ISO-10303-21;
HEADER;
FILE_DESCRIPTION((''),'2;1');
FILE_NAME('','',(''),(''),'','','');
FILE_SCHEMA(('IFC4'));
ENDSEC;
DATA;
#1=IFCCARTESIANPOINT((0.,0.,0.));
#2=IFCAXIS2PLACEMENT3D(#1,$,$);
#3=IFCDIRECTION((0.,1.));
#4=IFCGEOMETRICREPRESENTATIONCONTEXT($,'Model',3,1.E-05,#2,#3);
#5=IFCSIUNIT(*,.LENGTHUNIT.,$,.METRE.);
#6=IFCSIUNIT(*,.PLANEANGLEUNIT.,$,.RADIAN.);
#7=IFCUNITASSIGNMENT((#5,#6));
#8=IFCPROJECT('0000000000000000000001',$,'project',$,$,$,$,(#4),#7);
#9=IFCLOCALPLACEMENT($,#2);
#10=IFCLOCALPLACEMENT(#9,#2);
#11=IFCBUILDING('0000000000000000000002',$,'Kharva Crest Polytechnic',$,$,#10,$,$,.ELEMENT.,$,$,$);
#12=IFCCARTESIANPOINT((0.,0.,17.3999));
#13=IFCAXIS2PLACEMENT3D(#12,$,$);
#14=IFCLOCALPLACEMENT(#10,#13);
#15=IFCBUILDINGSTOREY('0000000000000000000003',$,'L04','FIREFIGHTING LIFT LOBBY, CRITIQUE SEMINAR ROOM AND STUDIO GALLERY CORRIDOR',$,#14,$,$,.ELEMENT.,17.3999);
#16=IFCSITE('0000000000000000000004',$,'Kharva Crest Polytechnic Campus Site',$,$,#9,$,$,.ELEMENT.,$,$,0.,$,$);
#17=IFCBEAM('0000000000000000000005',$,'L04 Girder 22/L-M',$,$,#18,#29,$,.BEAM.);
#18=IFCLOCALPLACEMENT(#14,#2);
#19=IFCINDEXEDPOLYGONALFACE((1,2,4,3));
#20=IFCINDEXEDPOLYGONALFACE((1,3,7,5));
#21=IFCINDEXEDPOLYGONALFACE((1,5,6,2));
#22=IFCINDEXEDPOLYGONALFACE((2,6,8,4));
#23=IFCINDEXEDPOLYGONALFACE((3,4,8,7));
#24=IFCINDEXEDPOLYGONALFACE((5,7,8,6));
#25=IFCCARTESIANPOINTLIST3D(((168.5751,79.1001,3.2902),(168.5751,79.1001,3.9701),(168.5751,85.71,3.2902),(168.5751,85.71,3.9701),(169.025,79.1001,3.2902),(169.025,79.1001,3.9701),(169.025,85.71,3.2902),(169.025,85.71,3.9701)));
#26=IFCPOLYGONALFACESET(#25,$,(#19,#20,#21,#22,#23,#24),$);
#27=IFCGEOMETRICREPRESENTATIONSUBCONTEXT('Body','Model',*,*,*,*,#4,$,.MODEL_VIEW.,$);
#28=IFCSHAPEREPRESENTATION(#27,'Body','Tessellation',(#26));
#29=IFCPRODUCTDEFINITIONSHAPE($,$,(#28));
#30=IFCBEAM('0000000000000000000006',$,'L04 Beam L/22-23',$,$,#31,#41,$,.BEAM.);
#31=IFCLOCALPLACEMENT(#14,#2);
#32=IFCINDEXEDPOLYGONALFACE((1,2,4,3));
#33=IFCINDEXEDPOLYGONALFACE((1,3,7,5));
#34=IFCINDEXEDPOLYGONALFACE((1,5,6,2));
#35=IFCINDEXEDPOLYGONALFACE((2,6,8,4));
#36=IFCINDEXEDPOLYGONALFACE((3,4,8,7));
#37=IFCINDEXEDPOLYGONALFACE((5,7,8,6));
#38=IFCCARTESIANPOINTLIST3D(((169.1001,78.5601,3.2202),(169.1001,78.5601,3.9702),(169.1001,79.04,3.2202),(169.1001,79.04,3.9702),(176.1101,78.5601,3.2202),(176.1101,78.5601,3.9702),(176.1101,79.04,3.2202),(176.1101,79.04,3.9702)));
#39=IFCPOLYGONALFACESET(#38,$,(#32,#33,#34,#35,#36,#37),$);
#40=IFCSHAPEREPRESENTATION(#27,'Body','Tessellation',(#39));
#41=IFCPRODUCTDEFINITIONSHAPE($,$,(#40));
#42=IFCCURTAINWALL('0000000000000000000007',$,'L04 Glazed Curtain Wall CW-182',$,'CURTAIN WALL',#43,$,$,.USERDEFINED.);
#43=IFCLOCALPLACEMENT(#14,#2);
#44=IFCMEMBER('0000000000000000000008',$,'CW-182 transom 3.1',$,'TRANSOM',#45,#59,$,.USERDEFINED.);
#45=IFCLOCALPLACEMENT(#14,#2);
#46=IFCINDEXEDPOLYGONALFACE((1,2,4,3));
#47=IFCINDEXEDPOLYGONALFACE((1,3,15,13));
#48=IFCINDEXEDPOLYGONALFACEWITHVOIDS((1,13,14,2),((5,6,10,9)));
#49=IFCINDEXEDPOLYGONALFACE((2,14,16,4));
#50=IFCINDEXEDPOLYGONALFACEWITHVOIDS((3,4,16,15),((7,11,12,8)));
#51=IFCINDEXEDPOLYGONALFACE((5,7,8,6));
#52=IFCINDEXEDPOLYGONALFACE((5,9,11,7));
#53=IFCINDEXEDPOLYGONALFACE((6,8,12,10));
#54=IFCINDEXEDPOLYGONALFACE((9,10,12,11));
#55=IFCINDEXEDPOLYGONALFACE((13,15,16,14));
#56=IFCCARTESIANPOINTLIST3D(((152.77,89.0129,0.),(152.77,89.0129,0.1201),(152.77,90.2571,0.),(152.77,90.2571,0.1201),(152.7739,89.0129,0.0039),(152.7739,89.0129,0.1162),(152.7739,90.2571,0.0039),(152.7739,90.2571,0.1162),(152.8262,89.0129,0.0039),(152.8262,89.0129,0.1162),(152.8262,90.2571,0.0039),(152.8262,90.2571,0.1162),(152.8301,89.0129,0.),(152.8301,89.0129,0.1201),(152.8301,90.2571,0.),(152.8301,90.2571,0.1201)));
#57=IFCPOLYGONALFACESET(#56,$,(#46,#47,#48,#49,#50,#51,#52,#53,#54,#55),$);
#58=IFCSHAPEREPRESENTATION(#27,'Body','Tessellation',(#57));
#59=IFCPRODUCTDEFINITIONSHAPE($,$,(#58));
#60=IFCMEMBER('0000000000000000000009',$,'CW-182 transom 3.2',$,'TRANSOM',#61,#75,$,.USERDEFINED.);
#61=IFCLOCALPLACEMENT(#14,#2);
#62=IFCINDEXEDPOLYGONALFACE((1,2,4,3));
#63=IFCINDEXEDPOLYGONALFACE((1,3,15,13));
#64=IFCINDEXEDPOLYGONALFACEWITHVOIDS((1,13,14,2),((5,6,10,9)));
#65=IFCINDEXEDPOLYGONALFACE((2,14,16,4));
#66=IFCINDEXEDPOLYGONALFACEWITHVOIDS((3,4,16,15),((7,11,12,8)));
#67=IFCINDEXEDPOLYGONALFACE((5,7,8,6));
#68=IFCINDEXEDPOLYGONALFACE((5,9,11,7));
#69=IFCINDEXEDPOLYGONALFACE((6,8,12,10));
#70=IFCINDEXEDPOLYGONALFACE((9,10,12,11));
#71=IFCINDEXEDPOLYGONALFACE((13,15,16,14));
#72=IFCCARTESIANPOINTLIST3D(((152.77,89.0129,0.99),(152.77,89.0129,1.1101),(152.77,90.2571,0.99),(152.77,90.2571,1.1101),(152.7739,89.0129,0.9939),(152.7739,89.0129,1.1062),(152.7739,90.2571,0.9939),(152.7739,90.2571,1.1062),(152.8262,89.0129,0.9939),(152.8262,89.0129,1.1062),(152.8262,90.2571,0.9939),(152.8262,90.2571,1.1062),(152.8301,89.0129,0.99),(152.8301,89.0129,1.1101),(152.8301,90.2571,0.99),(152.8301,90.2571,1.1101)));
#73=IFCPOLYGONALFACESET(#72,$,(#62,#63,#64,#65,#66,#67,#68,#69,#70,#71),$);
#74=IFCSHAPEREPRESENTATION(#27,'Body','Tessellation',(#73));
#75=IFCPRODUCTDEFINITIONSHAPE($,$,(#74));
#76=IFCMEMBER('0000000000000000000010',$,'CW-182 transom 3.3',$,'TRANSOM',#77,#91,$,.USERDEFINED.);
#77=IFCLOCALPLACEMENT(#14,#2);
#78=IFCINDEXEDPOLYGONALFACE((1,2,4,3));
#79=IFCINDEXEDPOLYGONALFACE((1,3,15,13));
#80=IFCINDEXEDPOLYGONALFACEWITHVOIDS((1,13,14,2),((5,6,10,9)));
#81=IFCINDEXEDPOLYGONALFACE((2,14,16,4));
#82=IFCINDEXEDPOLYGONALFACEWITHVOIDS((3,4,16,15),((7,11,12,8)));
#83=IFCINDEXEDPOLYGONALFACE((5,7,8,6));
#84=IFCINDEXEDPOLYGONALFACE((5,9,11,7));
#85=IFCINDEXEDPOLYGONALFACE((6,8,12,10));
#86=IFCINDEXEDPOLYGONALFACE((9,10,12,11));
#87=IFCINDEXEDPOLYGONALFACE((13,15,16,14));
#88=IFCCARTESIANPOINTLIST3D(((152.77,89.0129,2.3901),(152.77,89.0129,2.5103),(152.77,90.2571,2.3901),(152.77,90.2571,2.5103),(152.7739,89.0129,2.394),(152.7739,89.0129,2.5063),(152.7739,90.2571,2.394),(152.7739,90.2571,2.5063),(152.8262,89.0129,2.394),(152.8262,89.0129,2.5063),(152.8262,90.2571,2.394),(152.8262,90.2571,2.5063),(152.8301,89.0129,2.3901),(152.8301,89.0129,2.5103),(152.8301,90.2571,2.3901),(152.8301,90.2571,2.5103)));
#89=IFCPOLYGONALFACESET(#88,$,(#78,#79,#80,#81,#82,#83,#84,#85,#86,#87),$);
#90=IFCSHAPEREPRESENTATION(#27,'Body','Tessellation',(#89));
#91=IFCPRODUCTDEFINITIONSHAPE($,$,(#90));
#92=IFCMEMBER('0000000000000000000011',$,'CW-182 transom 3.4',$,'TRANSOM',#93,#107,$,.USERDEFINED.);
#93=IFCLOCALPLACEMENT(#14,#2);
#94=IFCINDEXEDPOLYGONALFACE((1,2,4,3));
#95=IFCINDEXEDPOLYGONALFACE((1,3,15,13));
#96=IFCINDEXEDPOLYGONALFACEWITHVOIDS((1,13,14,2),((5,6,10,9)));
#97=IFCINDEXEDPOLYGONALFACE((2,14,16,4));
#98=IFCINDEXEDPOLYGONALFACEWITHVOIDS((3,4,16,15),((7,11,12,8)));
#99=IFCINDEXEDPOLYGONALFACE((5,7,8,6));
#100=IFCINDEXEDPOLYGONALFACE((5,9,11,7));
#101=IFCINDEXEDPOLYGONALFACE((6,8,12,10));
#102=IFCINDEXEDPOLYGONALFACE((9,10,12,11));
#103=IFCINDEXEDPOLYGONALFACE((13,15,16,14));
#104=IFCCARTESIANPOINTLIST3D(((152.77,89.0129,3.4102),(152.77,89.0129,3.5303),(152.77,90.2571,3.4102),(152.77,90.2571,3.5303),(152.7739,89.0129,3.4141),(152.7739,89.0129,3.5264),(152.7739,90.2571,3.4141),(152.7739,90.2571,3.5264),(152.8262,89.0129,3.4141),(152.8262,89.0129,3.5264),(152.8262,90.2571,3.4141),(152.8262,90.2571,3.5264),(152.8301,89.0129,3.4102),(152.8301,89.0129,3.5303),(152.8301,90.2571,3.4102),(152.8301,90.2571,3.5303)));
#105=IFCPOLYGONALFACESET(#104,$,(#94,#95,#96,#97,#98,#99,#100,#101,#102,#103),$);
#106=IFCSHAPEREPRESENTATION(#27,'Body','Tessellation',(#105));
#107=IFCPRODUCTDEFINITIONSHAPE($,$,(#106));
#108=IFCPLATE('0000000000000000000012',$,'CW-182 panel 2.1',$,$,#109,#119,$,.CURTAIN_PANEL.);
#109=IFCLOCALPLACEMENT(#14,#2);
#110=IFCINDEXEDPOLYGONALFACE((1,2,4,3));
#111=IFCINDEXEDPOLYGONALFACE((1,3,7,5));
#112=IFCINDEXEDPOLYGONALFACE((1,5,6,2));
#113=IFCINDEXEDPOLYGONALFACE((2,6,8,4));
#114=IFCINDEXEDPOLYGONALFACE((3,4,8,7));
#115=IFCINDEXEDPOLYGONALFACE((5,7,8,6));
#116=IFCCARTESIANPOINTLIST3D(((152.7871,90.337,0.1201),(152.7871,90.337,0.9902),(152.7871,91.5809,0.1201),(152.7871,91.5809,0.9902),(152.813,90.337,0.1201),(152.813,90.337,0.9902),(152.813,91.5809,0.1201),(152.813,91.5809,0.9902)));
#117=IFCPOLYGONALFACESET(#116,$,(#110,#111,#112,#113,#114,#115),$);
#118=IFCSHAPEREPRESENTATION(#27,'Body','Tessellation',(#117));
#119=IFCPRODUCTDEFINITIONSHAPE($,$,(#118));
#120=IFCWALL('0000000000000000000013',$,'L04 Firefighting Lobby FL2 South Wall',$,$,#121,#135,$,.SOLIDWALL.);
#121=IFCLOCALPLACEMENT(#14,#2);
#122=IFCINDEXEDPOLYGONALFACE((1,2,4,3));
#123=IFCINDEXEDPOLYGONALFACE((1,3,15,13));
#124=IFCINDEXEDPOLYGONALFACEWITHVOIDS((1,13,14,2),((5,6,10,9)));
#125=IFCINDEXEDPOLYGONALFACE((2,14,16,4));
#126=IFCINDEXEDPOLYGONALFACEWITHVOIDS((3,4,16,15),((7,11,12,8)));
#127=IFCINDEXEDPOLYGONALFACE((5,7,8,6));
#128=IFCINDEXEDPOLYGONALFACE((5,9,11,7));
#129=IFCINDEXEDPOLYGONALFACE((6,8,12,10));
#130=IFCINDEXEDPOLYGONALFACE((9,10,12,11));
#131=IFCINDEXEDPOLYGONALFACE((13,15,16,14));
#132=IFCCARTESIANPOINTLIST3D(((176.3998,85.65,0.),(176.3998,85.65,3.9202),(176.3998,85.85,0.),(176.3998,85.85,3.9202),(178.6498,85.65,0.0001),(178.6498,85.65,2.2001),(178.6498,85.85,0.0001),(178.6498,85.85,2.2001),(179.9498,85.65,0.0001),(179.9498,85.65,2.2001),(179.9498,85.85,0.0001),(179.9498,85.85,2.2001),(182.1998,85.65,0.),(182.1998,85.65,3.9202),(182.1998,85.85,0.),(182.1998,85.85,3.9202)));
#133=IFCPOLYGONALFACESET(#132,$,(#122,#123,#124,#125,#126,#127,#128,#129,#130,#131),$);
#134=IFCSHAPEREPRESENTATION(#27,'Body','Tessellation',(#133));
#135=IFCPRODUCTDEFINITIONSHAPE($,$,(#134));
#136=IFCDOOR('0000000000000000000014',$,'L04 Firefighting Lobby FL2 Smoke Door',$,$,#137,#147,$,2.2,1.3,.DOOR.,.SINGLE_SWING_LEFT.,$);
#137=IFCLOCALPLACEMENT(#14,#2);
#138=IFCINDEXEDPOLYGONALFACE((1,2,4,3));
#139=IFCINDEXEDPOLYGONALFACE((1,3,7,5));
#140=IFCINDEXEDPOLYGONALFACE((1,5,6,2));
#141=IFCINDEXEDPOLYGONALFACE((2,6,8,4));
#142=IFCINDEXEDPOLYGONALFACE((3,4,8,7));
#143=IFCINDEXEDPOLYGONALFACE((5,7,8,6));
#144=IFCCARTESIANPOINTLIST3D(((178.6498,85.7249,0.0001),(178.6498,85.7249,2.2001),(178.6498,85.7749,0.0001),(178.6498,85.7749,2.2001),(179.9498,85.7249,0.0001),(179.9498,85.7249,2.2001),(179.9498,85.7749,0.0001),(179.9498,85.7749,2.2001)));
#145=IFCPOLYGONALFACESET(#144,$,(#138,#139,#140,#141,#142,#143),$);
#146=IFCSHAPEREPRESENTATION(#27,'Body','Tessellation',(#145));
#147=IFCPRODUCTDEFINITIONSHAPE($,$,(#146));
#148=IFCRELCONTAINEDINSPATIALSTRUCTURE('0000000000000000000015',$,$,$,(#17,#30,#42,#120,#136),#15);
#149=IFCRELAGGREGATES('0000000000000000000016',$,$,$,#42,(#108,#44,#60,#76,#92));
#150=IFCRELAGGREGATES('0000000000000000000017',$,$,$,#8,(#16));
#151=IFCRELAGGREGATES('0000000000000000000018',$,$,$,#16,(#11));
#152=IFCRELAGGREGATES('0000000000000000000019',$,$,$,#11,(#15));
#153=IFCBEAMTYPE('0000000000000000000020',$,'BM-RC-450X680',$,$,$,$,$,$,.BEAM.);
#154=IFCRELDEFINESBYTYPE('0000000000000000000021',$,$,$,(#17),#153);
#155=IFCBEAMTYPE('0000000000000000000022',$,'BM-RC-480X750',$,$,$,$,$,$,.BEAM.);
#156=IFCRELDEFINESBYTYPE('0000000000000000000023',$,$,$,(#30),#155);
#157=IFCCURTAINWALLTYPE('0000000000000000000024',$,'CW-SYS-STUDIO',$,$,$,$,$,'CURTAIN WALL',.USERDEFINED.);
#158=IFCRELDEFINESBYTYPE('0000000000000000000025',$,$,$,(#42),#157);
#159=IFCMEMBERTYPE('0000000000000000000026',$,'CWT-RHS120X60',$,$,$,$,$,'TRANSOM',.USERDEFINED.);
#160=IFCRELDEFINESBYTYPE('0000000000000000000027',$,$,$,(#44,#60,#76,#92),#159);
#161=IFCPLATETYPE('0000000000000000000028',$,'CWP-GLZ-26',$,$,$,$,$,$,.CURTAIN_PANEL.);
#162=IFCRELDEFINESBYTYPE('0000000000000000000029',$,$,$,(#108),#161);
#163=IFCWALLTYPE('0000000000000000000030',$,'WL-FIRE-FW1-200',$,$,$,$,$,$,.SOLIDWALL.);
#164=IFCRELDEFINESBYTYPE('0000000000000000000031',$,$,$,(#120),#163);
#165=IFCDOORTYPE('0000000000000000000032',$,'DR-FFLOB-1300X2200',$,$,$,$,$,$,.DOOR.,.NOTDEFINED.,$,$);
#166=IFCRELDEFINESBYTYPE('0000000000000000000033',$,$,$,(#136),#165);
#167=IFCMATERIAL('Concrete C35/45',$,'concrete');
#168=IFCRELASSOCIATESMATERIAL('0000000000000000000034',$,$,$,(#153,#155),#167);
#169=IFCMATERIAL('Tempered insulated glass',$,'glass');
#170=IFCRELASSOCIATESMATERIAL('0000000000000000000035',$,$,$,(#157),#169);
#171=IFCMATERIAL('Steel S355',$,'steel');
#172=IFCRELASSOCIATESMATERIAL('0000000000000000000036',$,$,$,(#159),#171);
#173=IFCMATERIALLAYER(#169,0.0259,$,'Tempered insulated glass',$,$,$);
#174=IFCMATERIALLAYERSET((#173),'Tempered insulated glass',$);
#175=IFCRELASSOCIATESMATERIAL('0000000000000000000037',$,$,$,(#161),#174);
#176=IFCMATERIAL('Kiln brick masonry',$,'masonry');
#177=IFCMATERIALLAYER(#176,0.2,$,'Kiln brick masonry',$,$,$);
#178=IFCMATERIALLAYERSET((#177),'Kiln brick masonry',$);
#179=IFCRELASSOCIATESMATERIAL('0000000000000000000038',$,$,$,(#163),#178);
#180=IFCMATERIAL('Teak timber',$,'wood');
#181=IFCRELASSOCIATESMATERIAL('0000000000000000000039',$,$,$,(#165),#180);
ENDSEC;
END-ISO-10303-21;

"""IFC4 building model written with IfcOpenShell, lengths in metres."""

from ifc_helpers import new_model, si_unit, direction, frame, frame_2d, origin, origin_2d, place, context, subcontext, project, spatial, rectangle, hollow_rectangle, extrude, material, layer, layer_set, material_profile, profile_set, type_object, element, fill, aggregate, save


model = new_model("IFC4")

# Units and contexts
model_context = context("Model", 3, precision=1e-05, world=origin(), true_north=direction((0.0, 1.0)))
body_context = subcontext(model_context, "Body", "Model", "MODEL_VIEW")
ifc_project = project(units=[si_unit("LENGTHUNIT", "METRE"), si_unit("PLANEANGLEUNIT", "RADIAN")], contexts=[model_context])

# Site, building, storey
site_placement = place(None, origin())
site = spatial("IfcSite", under=ifc_project, at=site_placement, Name="Kharva Crest Polytechnic Campus Site", CompositionType="ELEMENT", RefElevation=0.0)
building_placement = place(site_placement, origin())
building = spatial("IfcBuilding", under=site, at=building_placement, Name="Kharva Crest Polytechnic", CompositionType="ELEMENT")
storey_placement = place(building_placement, frame((0.0, 0.0, 17.3999)))
storey = spatial("IfcBuildingStorey", under=building, at=storey_placement, Name="L04", Description="FIREFIGHTING LIFT LOBBY, CRITIQUE SEMINAR ROOM AND STUDIO GALLERY CORRIDOR", CompositionType="ELEMENT", Elevation=17.3999)

# Beams
ifc_material_1 = material(Name="Concrete C35/45", Category="concrete")
ifc_material_profile_1 = material_profile(ifc_material_1, rectangle(XDim=0.45, YDim=0.6799, at=origin_2d()), Name="RECT 450 X 680")
ifc_profile_set_1 = profile_set([ifc_material_profile_1], Name="Concrete C35/45")
beam_type_1 = type_object("IfcBeamType", Name="BM-RC-450X680", PredefinedType="BEAM", material=ifc_profile_set_1)
beam_1_placement = place(storey_placement, frame((168.8, 79.1001, 3.6301), z_axis=(0.0, 1.0, 0.0), x_axis=(-1.0, 0.0, 0.0)))
element("IfcBeam", 1, at=beam_1_placement, inside=storey, type_object=beam_type_1, Name="L04 Girder 22/L-M", PredefinedType="BEAM", context=body_context, shape_type="SweptSolid", body=[
    extrude(rectangle(XDim=0.45, YDim=0.6799, at=origin_2d()), origin(), (0.0, 0.0, 1.0), 6.6099),
])
ifc_material_profile_2 = material_profile(ifc_material_1, rectangle(XDim=0.48, YDim=0.75, at=origin_2d()), Name="RECT 480 X 750")
ifc_profile_set_2 = profile_set([ifc_material_profile_2], Name="Concrete C35/45")
beam_type_2 = type_object("IfcBeamType", Name="BM-RC-480X750", PredefinedType="BEAM", material=ifc_profile_set_2)
beam_2_placement = place(storey_placement, frame((169.1001, 78.8, 3.5952), z_axis=(1.0, 0.0, 0.0), x_axis=(0.0, 1.0, 0.0)))
element("IfcBeam", 2, at=beam_2_placement, inside=storey, type_object=beam_type_2, Name="L04 Beam L/22-23", PredefinedType="BEAM", context=body_context, shape_type="SweptSolid", body=[
    extrude(rectangle(XDim=0.48, YDim=0.75, at=origin_2d()), origin(), (0.0, 0.0, 1.0), 7.01),
])

# Curtain wall, members, plate
ifc_material_2 = material(Name="Tempered insulated glass", Category="glass")
curtain_wall_type = type_object("IfcCurtainWallType", Name="CW-SYS-STUDIO", ElementType="CURTAIN WALL", PredefinedType="USERDEFINED", material=ifc_material_2)
curtain_wall_placement = place(storey_placement, origin())
curtain_wall = element("IfcCurtainWall", 3, at=curtain_wall_placement, inside=storey, type_object=curtain_wall_type, Name="L04 Glazed Curtain Wall CW-182", ObjectType="CURTAIN WALL", PredefinedType="USERDEFINED")
ifc_material_3 = material(Name="Steel S355", Category="steel")
ifc_material_profile_3 = material_profile(ifc_material_3, hollow_rectangle(XDim=0.0601, YDim=0.1201, WallThickness=0.0039, at=origin_2d()), Name="RHS 120X60X4.0")
ifc_profile_set_3 = profile_set([ifc_material_profile_3], Name="Steel S355")
member_type = type_object("IfcMemberType", Name="CWT-RHS120X60", ElementType="TRANSOM", PredefinedType="USERDEFINED", material=ifc_profile_set_3)
member_1_placement = place(storey_placement, frame((152.8, 90.2571, 0.0601), z_axis=(0.0, -1.0, 0.0), x_axis=(1.0, 0.0, 0.0)))
member_1 = element("IfcMember", 4, at=member_1_placement, type_object=member_type, Name="CW-182 transom 3.1", ObjectType="TRANSOM", PredefinedType="USERDEFINED", context=body_context, shape_type="SweptSolid", body=[
    extrude(hollow_rectangle(XDim=0.0601, YDim=0.1201, WallThickness=0.0039, at=origin_2d()), origin(), (0.0, 0.0, 1.0), 1.2441),
])
member_2_placement = place(storey_placement, frame((152.8, 90.2571, 1.05), z_axis=(0.0, -1.0, 0.0), x_axis=(1.0, 0.0, 0.0)))
member_2 = element("IfcMember", 5, at=member_2_placement, type_object=member_type, Name="CW-182 transom 3.2", ObjectType="TRANSOM", PredefinedType="USERDEFINED", context=body_context, shape_type="SweptSolid", body=[
    extrude(hollow_rectangle(XDim=0.0601, YDim=0.1201, WallThickness=0.0039, at=origin_2d()), origin(), (0.0, 0.0, 1.0), 1.2441),
])
member_3_placement = place(storey_placement, frame((152.8, 90.2571, 2.4502), z_axis=(0.0, -1.0, 0.0), x_axis=(1.0, 0.0, 0.0)))
member_3 = element("IfcMember", 6, at=member_3_placement, type_object=member_type, Name="CW-182 transom 3.3", ObjectType="TRANSOM", PredefinedType="USERDEFINED", context=body_context, shape_type="SweptSolid", body=[
    extrude(hollow_rectangle(XDim=0.0601, YDim=0.1201, WallThickness=0.0039, at=origin_2d()), origin(), (0.0, 0.0, 1.0), 1.2441),
])
member_4_placement = place(storey_placement, frame((152.8, 90.2571, 3.4702), z_axis=(0.0, -1.0, 0.0), x_axis=(1.0, 0.0, 0.0)))
member_4 = element("IfcMember", 7, at=member_4_placement, type_object=member_type, Name="CW-182 transom 3.4", ObjectType="TRANSOM", PredefinedType="USERDEFINED", context=body_context, shape_type="SweptSolid", body=[
    extrude(hollow_rectangle(XDim=0.0601, YDim=0.1201, WallThickness=0.0039, at=origin_2d()), origin(), (0.0, 0.0, 1.0), 1.2441),
])
ifc_layer_1 = layer(ifc_material_2, 0.0259, Name="Tempered insulated glass")
ifc_layer_set_1 = layer_set([ifc_layer_1], Name="Tempered insulated glass")
plate_type = type_object("IfcPlateType", Name="CWP-GLZ-26", PredefinedType="CURTAIN_PANEL", material=ifc_layer_set_1)
plate_placement = place(storey_placement, frame((152.8, 90.959, 0.1201), z_axis=(0.0, 0.0, 1.0), x_axis=(0.0, -1.0, 0.0)))
plate = element("IfcPlate", 8, at=plate_placement, type_object=plate_type, Name="CW-182 panel 2.1", PredefinedType="CURTAIN_PANEL", context=body_context, shape_type="SweptSolid", body=[
    extrude(rectangle(XDim=1.2439, YDim=0.0259, at=origin_2d()), origin(), (0.0, 0.0, 1.0), 0.8701),
])
aggregate(curtain_wall, [plate, member_1, member_2, member_3, member_4])

# Wall, opening, door
ifc_material_4 = material(Name="Kiln brick masonry", Category="masonry")
ifc_layer_2 = layer(ifc_material_4, 0.2, Name="Kiln brick masonry")
ifc_layer_set_2 = layer_set([ifc_layer_2], Name="Kiln brick masonry")
wall_type = type_object("IfcWallType", Name="WL-FIRE-FW1-200", PredefinedType="SOLIDWALL", material=ifc_layer_set_2)
wall_placement = place(storey_placement, frame((176.3999, 85.75, 0.0), z_axis=(0.0, 0.0, 1.0), x_axis=(1.0, 0.0, 0.0)))
wall = element("IfcWall", 9, at=wall_placement, inside=storey, type_object=wall_type, Name="L04 Firefighting Lobby FL2 South Wall", PredefinedType="SOLIDWALL", context=body_context, shape_type="SweptSolid", body=[
    extrude(rectangle(XDim=5.8, YDim=0.2, at=frame_2d((2.8999, 0.0))), origin(), (0.0, 0.0, 1.0), 3.9202),
])
opening_placement = place(wall_placement, frame((2.25, 0.0, 0.0)))
opening = element("IfcOpeningElement", 10, at=opening_placement, cuts=wall, PredefinedType="OPENING", context=body_context, shape_type="SweptSolid", body=[
    extrude(rectangle(XDim=1.3, YDim=2.2, at=frame_2d((0.6499, 1.1001))), frame((0.0, 0.1099, 0.0), z_axis=(0.0, -1.0, 0.0), x_axis=(1.0, 0.0, 0.0)), (0.0, 0.0, 1.0), 0.22),
])
ifc_material_5 = material(Name="Teak timber", Category="wood")
door_type = type_object("IfcDoorType", Name="DR-FFLOB-1300X2200", OperationType="NOTDEFINED", PredefinedType="DOOR", material=ifc_material_5)
door_placement = place(opening_placement, origin())
door = element("IfcDoor", 11, at=door_placement, inside=storey, type_object=door_type, Name="L04 Firefighting Lobby FL2 Smoke Door", OperationType="SINGLE_SWING_LEFT", OverallHeight=2.2, OverallWidth=1.3, PredefinedType="DOOR", context=body_context, shape_type="SweptSolid", body=[
    extrude(rectangle(XDim=1.3, YDim=2.2, at=frame_2d((0.6499, 1.1001))), frame((0.0, 0.0249, 0.0), z_axis=(0.0, -1.0, 0.0), x_axis=(1.0, 0.0, 0.0)), (0.0, 0.0, 1.0), 0.05),
])
fill(opening, door)

save(model, "model.ifc")
